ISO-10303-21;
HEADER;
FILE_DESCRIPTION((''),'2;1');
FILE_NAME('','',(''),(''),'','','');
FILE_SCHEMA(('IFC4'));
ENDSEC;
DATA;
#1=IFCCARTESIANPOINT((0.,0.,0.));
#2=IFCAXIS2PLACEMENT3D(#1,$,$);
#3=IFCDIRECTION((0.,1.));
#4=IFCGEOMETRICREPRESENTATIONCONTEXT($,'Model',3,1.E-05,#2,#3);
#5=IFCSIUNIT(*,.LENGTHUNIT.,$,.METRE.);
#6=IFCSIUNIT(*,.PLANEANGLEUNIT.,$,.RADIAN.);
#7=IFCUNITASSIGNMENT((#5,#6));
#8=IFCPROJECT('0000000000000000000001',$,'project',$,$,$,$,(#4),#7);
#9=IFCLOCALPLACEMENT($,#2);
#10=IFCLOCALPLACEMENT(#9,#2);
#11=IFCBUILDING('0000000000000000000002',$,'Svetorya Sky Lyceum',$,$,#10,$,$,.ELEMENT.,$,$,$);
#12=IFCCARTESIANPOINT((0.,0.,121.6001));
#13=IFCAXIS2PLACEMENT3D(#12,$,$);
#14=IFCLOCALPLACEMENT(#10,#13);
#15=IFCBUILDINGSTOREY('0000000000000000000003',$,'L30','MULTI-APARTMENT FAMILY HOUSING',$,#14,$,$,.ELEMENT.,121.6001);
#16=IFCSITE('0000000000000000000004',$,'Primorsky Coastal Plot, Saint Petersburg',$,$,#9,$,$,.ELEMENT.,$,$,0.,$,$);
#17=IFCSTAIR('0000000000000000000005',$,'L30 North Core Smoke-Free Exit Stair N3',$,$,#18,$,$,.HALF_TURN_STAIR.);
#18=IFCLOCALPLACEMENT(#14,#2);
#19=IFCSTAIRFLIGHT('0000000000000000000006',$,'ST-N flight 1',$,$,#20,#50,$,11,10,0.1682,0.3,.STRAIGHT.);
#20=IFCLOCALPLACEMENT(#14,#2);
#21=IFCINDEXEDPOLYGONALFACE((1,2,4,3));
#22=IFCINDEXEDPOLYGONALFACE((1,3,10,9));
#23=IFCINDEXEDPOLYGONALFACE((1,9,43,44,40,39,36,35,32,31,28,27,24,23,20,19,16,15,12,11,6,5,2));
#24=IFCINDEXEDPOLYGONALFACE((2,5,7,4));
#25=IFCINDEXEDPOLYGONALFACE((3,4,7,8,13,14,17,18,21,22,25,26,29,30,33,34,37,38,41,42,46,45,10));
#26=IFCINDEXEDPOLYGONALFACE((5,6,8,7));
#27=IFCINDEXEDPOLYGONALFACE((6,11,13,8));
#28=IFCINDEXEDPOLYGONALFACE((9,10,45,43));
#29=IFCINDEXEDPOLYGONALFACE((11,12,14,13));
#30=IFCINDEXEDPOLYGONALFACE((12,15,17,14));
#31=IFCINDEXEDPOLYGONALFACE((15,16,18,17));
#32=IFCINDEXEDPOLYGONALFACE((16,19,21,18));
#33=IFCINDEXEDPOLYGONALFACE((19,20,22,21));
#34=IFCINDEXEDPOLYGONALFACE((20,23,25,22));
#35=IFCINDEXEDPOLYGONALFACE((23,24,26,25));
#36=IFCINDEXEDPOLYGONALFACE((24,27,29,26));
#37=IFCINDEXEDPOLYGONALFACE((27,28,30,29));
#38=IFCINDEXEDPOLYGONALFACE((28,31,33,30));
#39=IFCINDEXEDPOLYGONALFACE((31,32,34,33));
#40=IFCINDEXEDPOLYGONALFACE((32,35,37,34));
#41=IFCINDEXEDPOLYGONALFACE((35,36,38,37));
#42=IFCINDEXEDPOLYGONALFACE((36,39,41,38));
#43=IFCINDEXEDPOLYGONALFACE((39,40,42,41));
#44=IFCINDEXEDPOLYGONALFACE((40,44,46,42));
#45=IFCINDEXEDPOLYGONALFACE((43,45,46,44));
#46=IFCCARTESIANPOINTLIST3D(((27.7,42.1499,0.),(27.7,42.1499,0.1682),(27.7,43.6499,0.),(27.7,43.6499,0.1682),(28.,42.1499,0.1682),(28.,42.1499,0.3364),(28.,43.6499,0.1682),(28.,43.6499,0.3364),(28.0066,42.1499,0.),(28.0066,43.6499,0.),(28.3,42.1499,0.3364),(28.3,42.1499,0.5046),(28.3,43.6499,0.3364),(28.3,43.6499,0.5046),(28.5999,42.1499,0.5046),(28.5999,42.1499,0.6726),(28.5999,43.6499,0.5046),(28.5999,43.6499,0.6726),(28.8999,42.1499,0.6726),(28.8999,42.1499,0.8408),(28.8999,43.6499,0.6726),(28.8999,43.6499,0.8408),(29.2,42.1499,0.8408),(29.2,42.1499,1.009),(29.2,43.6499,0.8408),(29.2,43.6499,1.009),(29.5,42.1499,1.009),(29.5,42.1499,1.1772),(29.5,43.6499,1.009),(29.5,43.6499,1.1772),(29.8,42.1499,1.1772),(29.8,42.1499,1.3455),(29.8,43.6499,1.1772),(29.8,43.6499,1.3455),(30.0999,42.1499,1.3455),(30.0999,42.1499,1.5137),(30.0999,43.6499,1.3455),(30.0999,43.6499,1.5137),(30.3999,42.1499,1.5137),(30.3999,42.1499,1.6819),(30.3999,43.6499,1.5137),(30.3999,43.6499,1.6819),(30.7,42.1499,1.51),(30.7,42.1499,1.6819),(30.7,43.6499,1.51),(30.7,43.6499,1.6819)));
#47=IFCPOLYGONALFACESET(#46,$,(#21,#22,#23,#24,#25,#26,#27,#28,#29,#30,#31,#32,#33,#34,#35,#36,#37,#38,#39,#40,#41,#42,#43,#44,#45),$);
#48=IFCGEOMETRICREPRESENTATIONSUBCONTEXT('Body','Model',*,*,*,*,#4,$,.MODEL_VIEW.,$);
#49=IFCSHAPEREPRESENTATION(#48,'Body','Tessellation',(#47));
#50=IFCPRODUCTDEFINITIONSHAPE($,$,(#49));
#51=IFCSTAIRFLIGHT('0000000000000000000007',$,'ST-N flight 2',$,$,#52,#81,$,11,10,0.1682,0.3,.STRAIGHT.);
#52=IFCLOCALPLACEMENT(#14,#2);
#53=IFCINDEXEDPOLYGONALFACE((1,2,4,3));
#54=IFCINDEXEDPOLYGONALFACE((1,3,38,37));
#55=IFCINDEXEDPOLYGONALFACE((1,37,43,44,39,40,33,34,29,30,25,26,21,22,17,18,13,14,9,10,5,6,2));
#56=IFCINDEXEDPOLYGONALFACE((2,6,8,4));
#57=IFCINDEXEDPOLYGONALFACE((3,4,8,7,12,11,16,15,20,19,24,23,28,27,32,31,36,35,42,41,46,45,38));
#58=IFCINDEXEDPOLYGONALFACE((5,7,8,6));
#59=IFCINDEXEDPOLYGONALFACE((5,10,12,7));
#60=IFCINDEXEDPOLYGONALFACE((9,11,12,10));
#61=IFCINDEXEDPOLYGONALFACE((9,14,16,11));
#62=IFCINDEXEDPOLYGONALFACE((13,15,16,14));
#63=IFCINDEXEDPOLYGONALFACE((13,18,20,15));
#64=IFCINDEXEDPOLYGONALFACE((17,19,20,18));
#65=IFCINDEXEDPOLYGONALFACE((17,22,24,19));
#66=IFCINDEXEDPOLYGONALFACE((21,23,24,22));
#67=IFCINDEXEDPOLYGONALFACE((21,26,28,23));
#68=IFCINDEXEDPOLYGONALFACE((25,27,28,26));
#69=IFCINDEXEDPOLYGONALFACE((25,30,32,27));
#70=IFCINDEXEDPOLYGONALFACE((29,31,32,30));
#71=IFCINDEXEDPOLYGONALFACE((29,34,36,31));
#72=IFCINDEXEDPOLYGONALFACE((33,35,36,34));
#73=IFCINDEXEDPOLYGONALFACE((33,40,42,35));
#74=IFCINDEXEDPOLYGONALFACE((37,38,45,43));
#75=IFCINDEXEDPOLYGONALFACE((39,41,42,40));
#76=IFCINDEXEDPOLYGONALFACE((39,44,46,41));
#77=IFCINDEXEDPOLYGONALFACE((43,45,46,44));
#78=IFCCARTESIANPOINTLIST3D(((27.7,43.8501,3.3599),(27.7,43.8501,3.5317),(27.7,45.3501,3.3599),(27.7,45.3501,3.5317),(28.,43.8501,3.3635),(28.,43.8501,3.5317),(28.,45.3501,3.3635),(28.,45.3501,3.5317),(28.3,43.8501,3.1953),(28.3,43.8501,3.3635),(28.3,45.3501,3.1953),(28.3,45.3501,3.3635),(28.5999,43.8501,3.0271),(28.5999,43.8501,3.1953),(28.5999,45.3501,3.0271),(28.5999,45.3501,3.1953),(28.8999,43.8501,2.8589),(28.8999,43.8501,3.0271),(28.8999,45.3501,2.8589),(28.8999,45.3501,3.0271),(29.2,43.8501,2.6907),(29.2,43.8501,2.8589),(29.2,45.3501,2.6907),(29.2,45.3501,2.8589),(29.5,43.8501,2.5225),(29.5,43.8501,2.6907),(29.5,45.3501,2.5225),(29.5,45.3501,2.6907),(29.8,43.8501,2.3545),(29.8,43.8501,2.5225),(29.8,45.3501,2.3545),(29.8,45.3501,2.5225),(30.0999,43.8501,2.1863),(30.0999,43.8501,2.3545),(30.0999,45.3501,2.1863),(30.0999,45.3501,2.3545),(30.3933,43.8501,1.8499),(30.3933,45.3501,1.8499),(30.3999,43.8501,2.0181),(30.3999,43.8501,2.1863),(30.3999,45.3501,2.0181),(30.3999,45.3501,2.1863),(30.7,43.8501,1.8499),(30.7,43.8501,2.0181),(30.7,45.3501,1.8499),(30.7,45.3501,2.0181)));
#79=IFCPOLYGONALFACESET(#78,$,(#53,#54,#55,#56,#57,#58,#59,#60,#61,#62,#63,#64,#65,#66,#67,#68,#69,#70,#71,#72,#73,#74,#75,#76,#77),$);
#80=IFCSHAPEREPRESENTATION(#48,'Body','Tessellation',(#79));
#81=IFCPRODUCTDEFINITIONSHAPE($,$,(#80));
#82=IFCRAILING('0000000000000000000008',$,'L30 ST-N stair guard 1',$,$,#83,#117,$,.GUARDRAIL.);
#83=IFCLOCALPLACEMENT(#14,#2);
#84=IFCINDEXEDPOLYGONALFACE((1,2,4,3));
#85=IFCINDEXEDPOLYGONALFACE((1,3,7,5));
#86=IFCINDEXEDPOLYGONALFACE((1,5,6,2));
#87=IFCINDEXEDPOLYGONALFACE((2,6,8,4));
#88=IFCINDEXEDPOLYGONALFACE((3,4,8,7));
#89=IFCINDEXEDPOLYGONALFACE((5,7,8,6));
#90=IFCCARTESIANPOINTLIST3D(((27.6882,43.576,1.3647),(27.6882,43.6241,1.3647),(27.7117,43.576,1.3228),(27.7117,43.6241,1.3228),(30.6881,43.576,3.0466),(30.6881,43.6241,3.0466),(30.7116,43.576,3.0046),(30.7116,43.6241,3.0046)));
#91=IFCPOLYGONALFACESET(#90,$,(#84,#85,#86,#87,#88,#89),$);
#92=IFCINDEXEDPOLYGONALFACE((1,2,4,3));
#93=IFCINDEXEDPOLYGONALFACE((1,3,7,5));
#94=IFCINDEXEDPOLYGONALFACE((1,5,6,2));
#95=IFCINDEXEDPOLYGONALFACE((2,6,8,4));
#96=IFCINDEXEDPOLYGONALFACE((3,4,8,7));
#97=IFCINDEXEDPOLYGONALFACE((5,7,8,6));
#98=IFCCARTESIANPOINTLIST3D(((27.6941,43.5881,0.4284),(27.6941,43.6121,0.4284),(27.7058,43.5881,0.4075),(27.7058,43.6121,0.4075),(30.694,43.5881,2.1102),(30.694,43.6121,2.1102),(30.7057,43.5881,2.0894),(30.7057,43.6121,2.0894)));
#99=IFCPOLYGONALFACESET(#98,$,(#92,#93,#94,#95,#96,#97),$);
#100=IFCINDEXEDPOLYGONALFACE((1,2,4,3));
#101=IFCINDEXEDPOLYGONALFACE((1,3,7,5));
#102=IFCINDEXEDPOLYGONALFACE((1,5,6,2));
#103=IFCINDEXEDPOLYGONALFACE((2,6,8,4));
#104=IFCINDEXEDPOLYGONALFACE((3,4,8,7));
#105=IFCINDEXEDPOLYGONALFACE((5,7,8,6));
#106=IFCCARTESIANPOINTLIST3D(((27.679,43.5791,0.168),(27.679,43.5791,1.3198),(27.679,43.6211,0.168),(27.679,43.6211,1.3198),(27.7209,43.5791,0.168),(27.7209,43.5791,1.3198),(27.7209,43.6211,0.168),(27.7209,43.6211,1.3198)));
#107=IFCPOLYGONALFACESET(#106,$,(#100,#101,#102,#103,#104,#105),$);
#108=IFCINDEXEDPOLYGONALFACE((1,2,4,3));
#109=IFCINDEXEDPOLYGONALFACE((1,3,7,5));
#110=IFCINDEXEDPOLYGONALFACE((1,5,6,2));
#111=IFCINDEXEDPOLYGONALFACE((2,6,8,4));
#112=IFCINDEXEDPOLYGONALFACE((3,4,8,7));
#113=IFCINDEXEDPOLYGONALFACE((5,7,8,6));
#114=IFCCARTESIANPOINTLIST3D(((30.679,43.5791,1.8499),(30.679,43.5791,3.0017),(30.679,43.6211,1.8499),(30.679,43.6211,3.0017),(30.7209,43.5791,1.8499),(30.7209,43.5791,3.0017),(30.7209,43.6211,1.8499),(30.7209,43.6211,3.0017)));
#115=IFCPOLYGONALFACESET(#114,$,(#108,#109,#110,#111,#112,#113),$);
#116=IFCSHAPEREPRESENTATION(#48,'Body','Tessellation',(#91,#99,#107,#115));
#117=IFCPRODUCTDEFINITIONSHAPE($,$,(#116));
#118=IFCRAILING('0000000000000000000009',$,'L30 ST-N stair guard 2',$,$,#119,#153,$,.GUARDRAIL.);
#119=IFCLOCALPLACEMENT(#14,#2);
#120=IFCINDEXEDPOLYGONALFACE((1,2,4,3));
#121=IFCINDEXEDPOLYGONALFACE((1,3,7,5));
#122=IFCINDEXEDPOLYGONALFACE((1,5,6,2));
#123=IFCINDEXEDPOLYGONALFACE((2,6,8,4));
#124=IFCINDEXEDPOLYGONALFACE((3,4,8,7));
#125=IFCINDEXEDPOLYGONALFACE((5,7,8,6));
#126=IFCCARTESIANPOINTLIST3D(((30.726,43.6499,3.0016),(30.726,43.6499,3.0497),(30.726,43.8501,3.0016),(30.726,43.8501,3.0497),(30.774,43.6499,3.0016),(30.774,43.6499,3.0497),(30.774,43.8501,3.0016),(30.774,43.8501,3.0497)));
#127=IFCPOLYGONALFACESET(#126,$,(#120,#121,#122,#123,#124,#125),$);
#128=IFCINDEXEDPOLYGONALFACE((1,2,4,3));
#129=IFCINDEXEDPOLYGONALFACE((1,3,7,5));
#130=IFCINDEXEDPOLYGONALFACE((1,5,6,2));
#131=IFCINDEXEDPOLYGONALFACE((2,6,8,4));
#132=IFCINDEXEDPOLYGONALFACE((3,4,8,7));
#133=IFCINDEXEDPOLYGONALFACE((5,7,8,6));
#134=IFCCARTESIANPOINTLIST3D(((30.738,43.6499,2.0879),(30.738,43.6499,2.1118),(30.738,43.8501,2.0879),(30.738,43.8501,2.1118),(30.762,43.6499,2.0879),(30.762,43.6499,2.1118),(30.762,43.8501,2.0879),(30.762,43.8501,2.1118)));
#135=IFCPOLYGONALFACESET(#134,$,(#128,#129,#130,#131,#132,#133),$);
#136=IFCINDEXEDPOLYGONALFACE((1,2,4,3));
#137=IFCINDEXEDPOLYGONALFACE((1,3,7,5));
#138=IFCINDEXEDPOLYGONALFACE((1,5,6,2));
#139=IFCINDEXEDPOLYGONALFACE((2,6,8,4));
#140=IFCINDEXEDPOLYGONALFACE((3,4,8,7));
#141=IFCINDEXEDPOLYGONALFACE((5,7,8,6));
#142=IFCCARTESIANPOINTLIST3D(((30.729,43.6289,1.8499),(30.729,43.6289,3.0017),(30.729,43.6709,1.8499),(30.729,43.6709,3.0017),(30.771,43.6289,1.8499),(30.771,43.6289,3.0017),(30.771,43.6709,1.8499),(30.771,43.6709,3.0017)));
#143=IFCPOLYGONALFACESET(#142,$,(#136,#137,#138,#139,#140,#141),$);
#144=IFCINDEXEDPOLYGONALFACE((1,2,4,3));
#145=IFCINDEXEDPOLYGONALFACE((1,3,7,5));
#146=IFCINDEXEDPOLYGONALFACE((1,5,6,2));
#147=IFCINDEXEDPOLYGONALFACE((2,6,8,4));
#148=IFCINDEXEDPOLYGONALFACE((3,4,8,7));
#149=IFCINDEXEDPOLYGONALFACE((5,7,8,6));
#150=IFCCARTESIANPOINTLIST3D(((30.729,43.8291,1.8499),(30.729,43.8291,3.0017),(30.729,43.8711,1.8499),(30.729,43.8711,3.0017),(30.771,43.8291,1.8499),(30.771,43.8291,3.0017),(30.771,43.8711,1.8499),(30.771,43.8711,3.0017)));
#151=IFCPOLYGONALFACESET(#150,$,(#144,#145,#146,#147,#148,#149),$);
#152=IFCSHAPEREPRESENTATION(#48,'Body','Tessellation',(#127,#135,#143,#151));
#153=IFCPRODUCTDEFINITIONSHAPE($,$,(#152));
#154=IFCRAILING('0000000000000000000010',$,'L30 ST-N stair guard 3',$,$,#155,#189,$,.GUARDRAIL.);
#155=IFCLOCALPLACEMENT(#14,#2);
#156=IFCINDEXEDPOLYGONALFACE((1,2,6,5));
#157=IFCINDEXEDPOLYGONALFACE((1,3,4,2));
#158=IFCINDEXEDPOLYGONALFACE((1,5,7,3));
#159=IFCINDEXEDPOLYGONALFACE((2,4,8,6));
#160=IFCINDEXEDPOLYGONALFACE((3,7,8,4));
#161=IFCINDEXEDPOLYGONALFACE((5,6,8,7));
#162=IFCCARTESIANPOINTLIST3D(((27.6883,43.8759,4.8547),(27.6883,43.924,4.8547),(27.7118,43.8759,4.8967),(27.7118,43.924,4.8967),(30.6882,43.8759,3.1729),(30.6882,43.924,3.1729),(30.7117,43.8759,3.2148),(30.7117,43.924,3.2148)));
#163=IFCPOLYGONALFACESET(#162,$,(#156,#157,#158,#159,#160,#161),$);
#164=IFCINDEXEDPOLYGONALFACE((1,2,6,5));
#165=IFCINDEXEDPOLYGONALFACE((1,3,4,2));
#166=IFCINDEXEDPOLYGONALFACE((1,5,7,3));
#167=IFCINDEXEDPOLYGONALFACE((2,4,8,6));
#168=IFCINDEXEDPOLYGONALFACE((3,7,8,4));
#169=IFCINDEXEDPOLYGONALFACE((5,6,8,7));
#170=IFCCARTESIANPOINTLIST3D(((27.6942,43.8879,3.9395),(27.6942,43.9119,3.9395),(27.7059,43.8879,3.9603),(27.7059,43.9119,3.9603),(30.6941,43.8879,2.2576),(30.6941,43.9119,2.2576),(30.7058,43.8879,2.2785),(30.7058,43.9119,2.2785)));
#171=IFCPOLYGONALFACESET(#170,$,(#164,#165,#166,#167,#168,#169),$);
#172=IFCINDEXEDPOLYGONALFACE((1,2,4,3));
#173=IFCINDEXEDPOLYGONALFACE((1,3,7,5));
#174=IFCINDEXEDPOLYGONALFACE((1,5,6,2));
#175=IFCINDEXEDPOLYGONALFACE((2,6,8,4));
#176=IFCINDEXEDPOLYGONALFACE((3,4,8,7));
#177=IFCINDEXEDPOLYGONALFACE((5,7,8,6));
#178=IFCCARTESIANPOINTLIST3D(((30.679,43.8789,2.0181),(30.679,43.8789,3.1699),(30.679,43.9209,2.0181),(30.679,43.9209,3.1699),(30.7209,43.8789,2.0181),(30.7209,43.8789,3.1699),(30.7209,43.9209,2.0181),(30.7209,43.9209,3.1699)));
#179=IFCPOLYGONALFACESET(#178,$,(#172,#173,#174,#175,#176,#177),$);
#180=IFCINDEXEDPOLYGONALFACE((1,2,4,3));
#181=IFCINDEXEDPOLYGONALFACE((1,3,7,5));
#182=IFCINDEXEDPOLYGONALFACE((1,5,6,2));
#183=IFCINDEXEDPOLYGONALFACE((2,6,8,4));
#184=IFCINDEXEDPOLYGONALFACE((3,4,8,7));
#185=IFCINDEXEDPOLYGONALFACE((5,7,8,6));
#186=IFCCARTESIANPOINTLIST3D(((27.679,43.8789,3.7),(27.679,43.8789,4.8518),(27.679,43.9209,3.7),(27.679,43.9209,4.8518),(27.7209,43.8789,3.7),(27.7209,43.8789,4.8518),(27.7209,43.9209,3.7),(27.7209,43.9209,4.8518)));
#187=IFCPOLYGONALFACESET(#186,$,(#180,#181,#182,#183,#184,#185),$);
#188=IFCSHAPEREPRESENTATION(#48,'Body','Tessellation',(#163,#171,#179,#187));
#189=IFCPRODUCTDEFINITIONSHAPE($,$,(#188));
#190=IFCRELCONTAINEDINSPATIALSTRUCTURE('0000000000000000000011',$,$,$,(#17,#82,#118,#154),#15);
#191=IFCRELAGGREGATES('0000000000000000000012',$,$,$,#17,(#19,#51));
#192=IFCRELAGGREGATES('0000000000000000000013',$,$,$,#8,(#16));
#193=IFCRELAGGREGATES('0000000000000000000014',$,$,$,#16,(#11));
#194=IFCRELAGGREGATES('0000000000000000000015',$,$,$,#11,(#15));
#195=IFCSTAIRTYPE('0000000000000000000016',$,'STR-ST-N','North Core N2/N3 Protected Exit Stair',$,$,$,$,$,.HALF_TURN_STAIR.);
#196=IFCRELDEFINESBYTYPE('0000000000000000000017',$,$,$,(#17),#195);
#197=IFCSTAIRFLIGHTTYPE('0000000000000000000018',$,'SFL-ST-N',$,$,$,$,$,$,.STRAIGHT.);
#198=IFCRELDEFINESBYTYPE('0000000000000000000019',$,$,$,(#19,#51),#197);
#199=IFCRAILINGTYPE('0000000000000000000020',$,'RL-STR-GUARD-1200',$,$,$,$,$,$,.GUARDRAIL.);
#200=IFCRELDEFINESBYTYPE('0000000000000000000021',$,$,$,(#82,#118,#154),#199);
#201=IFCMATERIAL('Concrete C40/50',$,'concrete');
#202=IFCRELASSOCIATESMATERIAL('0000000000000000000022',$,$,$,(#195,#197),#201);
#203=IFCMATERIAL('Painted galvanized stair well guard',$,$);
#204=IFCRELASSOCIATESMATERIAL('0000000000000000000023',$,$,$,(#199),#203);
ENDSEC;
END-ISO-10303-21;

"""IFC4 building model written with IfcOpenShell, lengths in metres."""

from ifc_helpers import new_model, si_unit, direction, frame, origin, origin_2d, place, context, subcontext, project, spatial, polyline, rectangle, outline, extrude, material, type_object, element, aggregate, save


model = new_model("IFC4")

# Units and contexts
model_context = context("Model", 3, precision=1e-05, world=origin(), true_north=direction((0.0, 1.0)))
body_context = subcontext(model_context, "Body", "Model", "MODEL_VIEW")
ifc_project = project(units=[si_unit("LENGTHUNIT", "METRE"), si_unit("PLANEANGLEUNIT", "RADIAN")], contexts=[model_context])

# Site, building, storey
site_placement = place(None, origin())
site = spatial("IfcSite", under=ifc_project, at=site_placement, Name="Primorsky Coastal Plot, Saint Petersburg", CompositionType="ELEMENT", RefElevation=0.0)
building_placement = place(site_placement, origin())
building = spatial("IfcBuilding", under=site, at=building_placement, Name="Svetorya Sky Lyceum", CompositionType="ELEMENT")
storey_placement = place(building_placement, frame((0.0, 0.0, 121.6001)))
storey = spatial("IfcBuildingStorey", under=building, at=storey_placement, Name="L30", Description="MULTI-APARTMENT FAMILY HOUSING", CompositionType="ELEMENT", Elevation=121.6001)

# Stair, stair flights
ifc_material_1 = material(Name="Concrete C40/50", Category="concrete")
stair_type = type_object("IfcStairType", Name="STR-ST-N", Description="North Core N2/N3 Protected Exit Stair", PredefinedType="HALF_TURN_STAIR", material=ifc_material_1)
stair_placement = place(storey_placement, origin())
stair = element("IfcStair", 1, at=stair_placement, inside=storey, type_object=stair_type, Name="L30 North Core Smoke-Free Exit Stair N3", PredefinedType="HALF_TURN_STAIR")
stair_flight_type = type_object("IfcStairFlightType", Name="SFL-ST-N", PredefinedType="STRAIGHT", material=ifc_material_1)
stair_flight_1_placement = place(storey_placement, frame((27.7, 42.8999, 0.0), z_axis=(0.0, 0.0, 1.0), x_axis=(1.0, 0.0, 0.0)))
stair_flight_1 = element("IfcStairFlight", 2, at=stair_flight_1_placement, type_object=stair_flight_type, Name="ST-N flight 1", NumberOfRisers=11, NumberOfTreads=10, PredefinedType="STRAIGHT", RiserHeight=0.1682, TreadLength=0.3, context=body_context, shape_type="SweptSolid", body=[
    extrude(outline(polyline([(0.0, 0.0), (0.0, 0.1682), (0.3, 0.1682), (0.3, 0.3364), (0.6001, 0.3364), (0.6001, 0.5046), (0.8999, 0.5046), (0.8999, 0.6726), (1.2, 0.6726), (1.2, 0.8408), (1.5, 0.8408), (1.5, 1.009), (1.8, 1.009), (1.8, 1.1772), (2.1001, 1.1772), (2.1001, 1.3455), (2.3999, 1.3455), (2.3999, 1.5137), (2.7, 1.5137), (2.7, 1.6819), (3.0, 1.6819), (3.0, 1.8501), (3.0, 1.51), (0.3066, 0.0), (0.0, 0.0)])), frame((0.0, 0.75, 0.0), z_axis=(0.0, -1.0, 0.0), x_axis=(1.0, 0.0, 0.0)), (0.0, 0.0, 1.0), 1.5),
])
stair_flight_2_placement = place(storey_placement, frame((30.7, 44.6001, 1.8499), z_axis=(0.0, 0.0, 1.0), x_axis=(-1.0, 0.0, 0.0)))
stair_flight_2 = element("IfcStairFlight", 3, at=stair_flight_2_placement, type_object=stair_flight_type, Name="ST-N flight 2", NumberOfRisers=11, NumberOfTreads=10, PredefinedType="STRAIGHT", RiserHeight=0.1682, TreadLength=0.3, context=body_context, shape_type="SweptSolid", body=[
    extrude(outline(polyline([(0.0, 0.0), (0.0, 0.1682), (0.3, 0.1682), (0.3, 0.3364), (0.6001, 0.3364), (0.6001, 0.5046), (0.8999, 0.5046), (0.8999, 0.6726), (1.2, 0.6726), (1.2, 0.8408), (1.5, 0.8408), (1.5, 1.009), (1.8, 1.009), (1.8, 1.1772), (2.1001, 1.1772), (2.1001, 1.3455), (2.3999, 1.3455), (2.3999, 1.5137), (2.7, 1.5137), (2.7, 1.6819), (3.0, 1.6819), (3.0, 1.8501), (3.0, 1.51), (0.3066, 0.0), (0.0, 0.0)])), frame((0.0, 0.75, 0.0), z_axis=(0.0, -1.0, 0.0), x_axis=(1.0, 0.0, 0.0)), (0.0, 0.0, 1.0), 1.5),
])
aggregate(stair, [stair_flight_1, stair_flight_2])

# Railings
ifc_material_2 = material(Name="Painted galvanized stair well guard")
railing_type_1 = type_object("IfcRailingType", Name="RL-STR-GUARD-1200", PredefinedType="GUARDRAIL", material=ifc_material_2)
railing_1_placement = place(storey_placement, frame((27.7, 43.6001, 0.168)))
element("IfcRailing", 4, at=railing_1_placement, inside=storey, type_object=railing_type_1, Name="L30 ST-N stair guard 1", PredefinedType="GUARDRAIL", context=body_context, shape_type="SweptSolid", body=[
    extrude(rectangle(XDim=0.0481, YDim=0.0481, at=origin_2d()), frame((0.0, 0.0, 1.1758), z_axis=(0.872272, 0.0, 0.48902), x_axis=(0.0, 1.0, 0.0)), (0.0, 0.0, 1.0), 3.4392),
    extrude(rectangle(XDim=0.0239, YDim=0.0239, at=origin_2d()), frame((0.0, 0.0, 0.25), z_axis=(0.872272, 0.0, 0.48902), x_axis=(0.0, 1.0, 0.0)), (0.0, 0.0, 1.0), 3.4392),
    extrude(rectangle(XDim=0.042, YDim=0.042, at=origin_2d()), origin(), (0.0, 0.0, 1.0), 1.1519),
    extrude(rectangle(XDim=0.042, YDim=0.042, at=origin_2d()), frame((3.0, 0.0, 1.6819)), (0.0, 0.0, 1.0), 1.1519),
])
railing_2_placement = place(storey_placement, frame((30.75, 43.6499, 1.8499)))
element("IfcRailing", 5, at=railing_2_placement, inside=storey, type_object=railing_type_1, Name="L30 ST-N stair guard 2", PredefinedType="GUARDRAIL", context=body_context, shape_type="SweptSolid", body=[
    extrude(rectangle(XDim=0.0481, YDim=0.0481, at=origin_2d()), frame((0.0, 0.0, 1.1758), z_axis=(0.0, 1.0, 0.0), x_axis=(-1.0, 0.0, 0.0)), (0.0, 0.0, 1.0), 0.2002),
    extrude(rectangle(XDim=0.0239, YDim=0.0239, at=origin_2d()), frame((0.0, 0.0, 0.25), z_axis=(0.0, 1.0, 0.0), x_axis=(-1.0, 0.0, 0.0)), (0.0, 0.0, 1.0), 0.2002),
    extrude(rectangle(XDim=0.042, YDim=0.042, at=origin_2d()), origin(), (0.0, 0.0, 1.0), 1.1519),
    extrude(rectangle(XDim=0.042, YDim=0.042, at=origin_2d()), frame((0.0, 0.2002, 0.0)), (0.0, 0.0, 1.0), 1.1519),
])
railing_3_placement = place(storey_placement, frame((30.7, 43.8999, 2.0181)))
element("IfcRailing", 6, at=railing_3_placement, inside=storey, type_object=railing_type_1, Name="L30 ST-N stair guard 3", PredefinedType="GUARDRAIL", context=body_context, shape_type="SweptSolid", body=[
    extrude(rectangle(XDim=0.0481, YDim=0.0481, at=origin_2d()), frame((0.0, 0.0, 1.1758), z_axis=(-0.872272, 0.0, 0.48902), x_axis=(0.0, -1.0, 0.0)), (0.0, 0.0, 1.0), 3.4392),
    extrude(rectangle(XDim=0.0239, YDim=0.0239, at=origin_2d()), frame((0.0, 0.0, 0.25), z_axis=(-0.872272, 0.0, 0.48902), x_axis=(0.0, -1.0, 0.0)), (0.0, 0.0, 1.0), 3.4392),
    extrude(rectangle(XDim=0.042, YDim=0.042, at=origin_2d()), origin(), (0.0, 0.0, 1.0), 1.1519),
    extrude(rectangle(XDim=0.042, YDim=0.042, at=origin_2d()), frame((-3.0, 0.0, 1.6819)), (0.0, 0.0, 1.0), 1.1519),
])

save(model, "model.ifc")
